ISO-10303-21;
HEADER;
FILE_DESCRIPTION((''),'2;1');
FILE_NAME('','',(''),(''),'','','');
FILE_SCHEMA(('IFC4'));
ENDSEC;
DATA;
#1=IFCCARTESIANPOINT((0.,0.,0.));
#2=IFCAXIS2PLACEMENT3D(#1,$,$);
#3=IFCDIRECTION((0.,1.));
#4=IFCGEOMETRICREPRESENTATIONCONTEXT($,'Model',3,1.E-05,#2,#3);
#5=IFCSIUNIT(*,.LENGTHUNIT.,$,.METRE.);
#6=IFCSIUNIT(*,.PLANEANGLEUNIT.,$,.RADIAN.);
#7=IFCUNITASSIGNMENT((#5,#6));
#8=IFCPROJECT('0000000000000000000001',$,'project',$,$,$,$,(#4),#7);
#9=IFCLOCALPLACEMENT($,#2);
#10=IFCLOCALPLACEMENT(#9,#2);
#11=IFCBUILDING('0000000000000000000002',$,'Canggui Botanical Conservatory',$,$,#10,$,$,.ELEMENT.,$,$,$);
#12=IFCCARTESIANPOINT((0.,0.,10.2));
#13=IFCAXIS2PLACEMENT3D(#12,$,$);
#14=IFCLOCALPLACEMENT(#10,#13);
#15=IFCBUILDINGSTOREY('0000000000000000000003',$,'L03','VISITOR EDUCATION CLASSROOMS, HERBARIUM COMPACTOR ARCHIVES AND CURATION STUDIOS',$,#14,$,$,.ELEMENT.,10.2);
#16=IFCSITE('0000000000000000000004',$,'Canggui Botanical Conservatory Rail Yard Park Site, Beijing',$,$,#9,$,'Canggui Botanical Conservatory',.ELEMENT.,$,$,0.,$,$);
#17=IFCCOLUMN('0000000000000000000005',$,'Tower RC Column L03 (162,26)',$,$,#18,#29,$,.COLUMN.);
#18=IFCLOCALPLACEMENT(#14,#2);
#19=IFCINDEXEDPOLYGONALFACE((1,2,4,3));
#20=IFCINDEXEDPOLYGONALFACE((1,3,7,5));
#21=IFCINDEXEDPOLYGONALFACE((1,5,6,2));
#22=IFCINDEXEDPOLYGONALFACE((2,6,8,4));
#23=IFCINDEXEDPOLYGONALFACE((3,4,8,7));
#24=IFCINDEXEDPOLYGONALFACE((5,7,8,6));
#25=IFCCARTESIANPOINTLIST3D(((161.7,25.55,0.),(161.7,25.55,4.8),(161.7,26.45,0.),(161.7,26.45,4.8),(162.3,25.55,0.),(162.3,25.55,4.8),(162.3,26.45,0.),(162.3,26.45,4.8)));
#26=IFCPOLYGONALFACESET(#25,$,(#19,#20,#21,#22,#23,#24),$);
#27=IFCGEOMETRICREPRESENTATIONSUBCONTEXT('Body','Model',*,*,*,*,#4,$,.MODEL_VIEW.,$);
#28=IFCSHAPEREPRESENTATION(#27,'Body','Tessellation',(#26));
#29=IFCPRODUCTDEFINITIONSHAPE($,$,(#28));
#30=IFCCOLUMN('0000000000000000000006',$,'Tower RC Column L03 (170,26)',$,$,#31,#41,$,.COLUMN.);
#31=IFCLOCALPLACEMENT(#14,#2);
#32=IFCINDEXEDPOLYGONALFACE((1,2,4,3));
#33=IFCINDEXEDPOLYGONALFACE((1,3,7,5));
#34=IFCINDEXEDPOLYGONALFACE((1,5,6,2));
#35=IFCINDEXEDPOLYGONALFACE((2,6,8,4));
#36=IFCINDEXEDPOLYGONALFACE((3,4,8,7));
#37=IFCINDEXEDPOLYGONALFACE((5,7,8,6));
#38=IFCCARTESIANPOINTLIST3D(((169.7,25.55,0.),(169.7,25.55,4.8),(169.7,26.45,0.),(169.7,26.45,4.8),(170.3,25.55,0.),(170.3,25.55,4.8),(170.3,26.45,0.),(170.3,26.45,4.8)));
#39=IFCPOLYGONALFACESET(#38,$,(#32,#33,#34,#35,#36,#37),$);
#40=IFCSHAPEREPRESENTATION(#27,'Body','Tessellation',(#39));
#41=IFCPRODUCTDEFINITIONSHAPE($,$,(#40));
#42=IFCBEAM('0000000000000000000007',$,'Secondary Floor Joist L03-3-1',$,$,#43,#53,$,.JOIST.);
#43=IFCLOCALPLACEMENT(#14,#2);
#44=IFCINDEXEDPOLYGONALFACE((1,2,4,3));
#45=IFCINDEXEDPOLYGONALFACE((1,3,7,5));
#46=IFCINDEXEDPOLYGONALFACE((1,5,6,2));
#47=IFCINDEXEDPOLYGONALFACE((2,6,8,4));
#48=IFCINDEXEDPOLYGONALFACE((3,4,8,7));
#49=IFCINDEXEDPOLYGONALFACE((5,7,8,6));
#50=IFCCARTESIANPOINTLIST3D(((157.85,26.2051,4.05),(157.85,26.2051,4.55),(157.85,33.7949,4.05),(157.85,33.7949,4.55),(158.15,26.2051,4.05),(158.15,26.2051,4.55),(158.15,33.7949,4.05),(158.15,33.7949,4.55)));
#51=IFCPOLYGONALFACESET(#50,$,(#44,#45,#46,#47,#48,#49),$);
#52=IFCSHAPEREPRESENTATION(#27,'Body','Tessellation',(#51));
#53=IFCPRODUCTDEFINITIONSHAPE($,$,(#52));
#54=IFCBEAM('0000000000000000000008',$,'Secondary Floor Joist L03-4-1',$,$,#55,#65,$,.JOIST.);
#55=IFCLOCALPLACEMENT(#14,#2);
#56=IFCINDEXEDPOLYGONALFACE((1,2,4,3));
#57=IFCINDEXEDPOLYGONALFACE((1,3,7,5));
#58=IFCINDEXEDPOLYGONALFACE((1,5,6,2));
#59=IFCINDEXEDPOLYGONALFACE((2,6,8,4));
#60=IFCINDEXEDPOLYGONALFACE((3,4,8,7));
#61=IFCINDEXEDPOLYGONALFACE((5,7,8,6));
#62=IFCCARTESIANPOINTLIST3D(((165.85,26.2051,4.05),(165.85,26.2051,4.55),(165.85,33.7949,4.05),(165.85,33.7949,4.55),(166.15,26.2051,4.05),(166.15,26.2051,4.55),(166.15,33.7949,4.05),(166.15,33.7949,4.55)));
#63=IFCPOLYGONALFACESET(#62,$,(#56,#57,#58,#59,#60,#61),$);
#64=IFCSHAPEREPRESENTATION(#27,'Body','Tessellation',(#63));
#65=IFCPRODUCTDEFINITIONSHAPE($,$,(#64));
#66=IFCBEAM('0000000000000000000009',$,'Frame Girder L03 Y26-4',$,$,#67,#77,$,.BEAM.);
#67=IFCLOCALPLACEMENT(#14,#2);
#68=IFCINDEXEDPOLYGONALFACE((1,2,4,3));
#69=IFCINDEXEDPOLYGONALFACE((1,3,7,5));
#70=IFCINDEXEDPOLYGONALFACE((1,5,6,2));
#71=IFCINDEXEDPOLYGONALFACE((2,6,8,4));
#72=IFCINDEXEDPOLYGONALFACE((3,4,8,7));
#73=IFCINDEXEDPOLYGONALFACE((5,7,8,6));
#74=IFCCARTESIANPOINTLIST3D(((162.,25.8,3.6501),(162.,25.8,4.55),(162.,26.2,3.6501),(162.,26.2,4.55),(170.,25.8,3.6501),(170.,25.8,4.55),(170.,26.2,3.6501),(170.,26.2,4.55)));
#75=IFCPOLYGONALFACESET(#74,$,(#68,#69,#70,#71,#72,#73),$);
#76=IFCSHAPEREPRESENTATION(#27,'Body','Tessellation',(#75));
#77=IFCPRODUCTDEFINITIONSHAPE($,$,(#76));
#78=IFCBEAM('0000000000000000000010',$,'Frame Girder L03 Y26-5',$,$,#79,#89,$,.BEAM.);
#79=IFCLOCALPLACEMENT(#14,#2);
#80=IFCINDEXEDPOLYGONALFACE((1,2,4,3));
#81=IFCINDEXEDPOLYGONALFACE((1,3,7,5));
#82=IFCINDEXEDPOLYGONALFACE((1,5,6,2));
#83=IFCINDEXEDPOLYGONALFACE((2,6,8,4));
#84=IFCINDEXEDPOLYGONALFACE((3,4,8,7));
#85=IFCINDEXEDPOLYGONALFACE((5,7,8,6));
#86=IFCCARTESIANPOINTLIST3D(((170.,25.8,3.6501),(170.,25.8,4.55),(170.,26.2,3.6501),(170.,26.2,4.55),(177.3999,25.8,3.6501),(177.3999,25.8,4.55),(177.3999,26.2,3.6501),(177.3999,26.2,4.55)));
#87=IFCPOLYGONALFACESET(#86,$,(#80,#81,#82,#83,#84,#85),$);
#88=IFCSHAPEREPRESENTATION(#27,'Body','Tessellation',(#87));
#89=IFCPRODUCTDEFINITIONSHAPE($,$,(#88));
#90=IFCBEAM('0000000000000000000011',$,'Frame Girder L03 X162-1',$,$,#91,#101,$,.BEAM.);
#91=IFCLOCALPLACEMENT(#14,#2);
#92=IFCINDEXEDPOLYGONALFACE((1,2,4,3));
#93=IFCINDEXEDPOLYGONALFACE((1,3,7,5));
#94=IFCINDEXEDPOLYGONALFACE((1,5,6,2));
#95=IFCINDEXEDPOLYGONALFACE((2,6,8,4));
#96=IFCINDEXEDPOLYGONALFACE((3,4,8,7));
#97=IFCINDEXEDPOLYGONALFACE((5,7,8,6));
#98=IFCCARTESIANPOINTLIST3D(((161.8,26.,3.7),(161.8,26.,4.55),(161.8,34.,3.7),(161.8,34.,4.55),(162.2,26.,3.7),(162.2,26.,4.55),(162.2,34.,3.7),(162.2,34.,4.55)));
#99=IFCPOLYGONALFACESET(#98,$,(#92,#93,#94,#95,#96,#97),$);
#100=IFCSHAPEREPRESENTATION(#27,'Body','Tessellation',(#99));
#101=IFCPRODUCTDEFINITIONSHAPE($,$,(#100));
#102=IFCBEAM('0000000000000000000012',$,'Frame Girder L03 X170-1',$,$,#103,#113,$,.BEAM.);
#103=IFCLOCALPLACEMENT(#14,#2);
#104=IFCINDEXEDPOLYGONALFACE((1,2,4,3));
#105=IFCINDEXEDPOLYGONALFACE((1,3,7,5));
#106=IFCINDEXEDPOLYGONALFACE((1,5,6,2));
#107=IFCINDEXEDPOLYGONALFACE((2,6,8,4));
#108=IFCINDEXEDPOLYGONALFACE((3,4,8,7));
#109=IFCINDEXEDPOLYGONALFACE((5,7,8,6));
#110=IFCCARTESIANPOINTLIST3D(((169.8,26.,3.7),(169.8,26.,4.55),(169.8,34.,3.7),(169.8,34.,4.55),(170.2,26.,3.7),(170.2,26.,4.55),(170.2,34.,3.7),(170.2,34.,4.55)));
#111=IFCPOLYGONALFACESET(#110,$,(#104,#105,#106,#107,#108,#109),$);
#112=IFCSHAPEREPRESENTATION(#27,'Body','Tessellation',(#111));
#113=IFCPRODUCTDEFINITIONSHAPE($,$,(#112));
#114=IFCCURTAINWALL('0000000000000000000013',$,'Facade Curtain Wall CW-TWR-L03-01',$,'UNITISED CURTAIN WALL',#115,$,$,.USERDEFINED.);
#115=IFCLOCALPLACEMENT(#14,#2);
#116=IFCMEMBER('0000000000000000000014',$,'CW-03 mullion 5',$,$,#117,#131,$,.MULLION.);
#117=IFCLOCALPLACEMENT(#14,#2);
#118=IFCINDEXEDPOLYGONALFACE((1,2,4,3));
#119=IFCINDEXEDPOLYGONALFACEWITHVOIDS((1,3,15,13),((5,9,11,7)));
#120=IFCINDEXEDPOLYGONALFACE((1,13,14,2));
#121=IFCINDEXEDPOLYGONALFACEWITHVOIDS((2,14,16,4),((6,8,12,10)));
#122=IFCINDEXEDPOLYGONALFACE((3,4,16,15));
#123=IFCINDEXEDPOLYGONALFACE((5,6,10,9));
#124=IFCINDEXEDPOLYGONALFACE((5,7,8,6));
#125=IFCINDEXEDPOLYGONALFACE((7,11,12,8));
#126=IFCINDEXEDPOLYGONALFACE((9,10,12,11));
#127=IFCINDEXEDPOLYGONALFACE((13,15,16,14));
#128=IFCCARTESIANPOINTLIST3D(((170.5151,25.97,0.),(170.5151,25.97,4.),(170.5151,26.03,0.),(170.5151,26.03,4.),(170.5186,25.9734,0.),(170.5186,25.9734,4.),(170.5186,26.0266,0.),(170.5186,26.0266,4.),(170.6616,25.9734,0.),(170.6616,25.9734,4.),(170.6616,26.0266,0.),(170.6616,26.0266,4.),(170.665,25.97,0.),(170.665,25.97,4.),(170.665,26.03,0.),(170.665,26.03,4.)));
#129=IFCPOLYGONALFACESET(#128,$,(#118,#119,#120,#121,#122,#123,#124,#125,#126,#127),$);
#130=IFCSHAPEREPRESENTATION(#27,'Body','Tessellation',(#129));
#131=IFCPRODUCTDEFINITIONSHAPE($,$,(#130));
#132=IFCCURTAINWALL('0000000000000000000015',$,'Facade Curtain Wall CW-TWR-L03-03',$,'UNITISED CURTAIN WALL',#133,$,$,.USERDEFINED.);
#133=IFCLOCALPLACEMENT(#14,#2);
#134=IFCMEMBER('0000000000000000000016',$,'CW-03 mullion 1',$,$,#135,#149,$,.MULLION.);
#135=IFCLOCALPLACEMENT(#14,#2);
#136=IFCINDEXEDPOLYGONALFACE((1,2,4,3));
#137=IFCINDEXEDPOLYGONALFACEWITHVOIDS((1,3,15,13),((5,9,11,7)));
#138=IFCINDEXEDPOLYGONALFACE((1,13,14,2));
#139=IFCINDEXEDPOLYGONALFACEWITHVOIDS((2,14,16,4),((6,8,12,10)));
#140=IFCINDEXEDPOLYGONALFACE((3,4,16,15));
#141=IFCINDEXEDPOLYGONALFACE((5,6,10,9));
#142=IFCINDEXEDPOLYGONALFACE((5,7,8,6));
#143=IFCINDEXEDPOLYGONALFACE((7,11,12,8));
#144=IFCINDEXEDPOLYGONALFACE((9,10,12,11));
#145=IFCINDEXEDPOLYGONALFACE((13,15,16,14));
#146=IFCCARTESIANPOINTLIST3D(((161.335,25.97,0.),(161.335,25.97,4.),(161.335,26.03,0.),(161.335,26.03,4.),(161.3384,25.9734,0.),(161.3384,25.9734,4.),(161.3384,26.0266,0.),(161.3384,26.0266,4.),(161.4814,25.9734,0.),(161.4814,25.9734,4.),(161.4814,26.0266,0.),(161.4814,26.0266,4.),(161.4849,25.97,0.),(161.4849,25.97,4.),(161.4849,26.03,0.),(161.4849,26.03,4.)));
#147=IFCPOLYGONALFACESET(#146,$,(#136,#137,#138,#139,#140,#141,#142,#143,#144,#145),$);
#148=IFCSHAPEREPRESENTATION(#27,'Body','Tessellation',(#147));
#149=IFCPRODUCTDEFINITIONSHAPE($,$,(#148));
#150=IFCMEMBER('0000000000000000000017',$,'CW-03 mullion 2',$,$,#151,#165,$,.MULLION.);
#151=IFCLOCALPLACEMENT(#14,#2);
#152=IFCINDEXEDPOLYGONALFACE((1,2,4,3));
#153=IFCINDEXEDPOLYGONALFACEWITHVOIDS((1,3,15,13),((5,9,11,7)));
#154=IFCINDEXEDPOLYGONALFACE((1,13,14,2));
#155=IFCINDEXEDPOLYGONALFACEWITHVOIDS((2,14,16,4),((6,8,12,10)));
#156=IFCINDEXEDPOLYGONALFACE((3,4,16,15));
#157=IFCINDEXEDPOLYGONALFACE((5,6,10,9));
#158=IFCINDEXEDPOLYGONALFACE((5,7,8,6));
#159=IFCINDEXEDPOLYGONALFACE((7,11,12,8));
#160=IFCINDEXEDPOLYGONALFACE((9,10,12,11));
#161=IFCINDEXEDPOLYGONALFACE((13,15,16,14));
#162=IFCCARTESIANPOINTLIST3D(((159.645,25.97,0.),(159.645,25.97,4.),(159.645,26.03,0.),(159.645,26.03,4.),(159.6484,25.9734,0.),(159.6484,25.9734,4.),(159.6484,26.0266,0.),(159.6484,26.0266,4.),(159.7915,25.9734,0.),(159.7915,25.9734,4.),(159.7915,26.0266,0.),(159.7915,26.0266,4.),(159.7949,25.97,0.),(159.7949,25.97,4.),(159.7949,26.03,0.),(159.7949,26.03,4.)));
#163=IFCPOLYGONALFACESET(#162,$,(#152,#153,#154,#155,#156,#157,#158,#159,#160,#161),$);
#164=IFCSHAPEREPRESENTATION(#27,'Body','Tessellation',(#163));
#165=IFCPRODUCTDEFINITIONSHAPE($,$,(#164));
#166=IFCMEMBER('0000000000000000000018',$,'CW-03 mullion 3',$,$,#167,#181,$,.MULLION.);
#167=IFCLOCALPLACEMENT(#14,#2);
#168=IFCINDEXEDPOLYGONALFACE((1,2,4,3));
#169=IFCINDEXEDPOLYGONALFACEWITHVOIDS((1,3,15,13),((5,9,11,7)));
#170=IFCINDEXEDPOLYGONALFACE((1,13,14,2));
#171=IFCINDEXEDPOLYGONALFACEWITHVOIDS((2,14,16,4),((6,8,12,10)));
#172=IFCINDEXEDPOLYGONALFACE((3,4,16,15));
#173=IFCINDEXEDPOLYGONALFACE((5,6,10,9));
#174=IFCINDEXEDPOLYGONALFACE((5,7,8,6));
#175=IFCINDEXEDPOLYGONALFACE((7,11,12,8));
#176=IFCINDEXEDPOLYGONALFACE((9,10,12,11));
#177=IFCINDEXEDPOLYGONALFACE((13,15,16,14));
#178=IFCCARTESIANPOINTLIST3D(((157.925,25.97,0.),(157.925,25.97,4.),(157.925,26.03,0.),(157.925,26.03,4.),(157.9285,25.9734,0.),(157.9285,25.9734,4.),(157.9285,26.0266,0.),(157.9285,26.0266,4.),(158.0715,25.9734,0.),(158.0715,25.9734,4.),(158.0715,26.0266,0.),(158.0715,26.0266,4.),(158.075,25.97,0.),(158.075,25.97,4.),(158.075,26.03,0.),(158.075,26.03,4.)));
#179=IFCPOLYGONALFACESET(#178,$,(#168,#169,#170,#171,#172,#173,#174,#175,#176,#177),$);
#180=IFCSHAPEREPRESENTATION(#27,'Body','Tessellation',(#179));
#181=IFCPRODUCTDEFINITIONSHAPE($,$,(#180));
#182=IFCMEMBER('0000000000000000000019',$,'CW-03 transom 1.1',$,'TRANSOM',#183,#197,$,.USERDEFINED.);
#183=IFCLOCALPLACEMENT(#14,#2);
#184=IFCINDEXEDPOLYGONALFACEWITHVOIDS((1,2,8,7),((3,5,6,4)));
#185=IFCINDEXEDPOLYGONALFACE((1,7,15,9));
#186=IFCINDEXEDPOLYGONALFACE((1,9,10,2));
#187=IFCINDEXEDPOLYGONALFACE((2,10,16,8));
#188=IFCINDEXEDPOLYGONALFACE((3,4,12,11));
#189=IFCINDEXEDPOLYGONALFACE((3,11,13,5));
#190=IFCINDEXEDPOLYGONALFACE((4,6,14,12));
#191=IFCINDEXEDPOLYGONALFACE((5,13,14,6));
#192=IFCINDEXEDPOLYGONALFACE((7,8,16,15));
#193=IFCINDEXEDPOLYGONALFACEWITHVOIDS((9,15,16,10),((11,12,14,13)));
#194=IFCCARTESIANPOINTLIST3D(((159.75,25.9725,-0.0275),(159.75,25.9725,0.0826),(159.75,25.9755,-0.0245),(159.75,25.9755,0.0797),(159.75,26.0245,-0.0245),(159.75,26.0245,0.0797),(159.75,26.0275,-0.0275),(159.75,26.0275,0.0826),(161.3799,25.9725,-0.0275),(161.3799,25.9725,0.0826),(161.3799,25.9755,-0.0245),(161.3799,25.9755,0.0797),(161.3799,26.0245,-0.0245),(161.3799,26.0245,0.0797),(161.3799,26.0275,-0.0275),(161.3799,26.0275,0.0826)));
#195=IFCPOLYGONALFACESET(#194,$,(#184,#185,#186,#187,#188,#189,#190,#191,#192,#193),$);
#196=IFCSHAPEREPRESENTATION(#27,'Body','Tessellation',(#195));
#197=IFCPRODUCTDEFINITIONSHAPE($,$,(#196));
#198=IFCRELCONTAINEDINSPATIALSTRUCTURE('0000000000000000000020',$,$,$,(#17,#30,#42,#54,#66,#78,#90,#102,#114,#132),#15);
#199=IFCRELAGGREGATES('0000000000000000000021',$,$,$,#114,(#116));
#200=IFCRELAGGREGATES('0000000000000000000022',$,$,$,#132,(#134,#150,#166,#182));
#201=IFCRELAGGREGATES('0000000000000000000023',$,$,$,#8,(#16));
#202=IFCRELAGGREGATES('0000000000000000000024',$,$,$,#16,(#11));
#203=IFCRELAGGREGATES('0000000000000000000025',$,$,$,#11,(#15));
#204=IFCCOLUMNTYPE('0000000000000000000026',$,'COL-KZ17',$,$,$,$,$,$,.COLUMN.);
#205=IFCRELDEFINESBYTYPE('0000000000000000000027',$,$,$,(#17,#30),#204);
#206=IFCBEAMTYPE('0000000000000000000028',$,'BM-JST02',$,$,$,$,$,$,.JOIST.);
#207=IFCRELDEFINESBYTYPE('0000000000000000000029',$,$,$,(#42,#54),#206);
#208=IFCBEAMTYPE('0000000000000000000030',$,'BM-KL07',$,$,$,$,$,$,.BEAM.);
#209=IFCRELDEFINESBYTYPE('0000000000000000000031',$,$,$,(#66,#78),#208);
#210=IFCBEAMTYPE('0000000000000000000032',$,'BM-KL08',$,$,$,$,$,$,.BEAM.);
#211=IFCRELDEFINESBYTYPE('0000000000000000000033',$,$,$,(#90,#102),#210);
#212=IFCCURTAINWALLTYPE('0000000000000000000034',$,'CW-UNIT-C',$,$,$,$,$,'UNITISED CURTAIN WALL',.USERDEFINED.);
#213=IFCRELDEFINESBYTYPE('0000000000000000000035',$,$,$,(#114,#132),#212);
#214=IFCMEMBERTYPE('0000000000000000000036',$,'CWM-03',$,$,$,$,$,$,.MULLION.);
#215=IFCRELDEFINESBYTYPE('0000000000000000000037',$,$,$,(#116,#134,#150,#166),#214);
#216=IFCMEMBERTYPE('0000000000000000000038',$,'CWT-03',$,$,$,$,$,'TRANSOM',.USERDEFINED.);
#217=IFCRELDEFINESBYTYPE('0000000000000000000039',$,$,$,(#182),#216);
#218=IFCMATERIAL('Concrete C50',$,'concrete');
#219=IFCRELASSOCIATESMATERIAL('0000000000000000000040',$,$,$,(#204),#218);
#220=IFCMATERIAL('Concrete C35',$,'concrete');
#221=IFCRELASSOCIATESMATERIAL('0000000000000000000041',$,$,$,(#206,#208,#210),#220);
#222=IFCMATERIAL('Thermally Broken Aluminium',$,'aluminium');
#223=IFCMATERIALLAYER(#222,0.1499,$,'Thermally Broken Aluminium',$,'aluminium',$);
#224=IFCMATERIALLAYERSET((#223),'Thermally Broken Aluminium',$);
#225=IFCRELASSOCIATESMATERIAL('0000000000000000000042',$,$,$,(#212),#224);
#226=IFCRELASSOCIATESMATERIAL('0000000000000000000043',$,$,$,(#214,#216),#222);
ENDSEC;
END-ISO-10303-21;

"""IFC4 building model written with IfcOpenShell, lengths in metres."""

from ifc_helpers import new_model, si_unit, direction, frame, origin, origin_2d, place, context, subcontext, project, spatial, rectangle, hollow_rectangle, extrude, material, layer, layer_set, material_profile, profile_set, type_object, element, aggregate, save


model = new_model("IFC4")

# Units and contexts
model_context = context("Model", 3, precision=1e-05, world=origin(), true_north=direction((0.0, 1.0)))
body_context = subcontext(model_context, "Body", "Model", "MODEL_VIEW")
ifc_project = project(units=[si_unit("LENGTHUNIT", "METRE"), si_unit("PLANEANGLEUNIT", "RADIAN")], contexts=[model_context])

# Site, building, storey
site_placement = place(None, origin())
site = spatial("IfcSite", under=ifc_project, at=site_placement, Name="Canggui Botanical Conservatory Rail Yard Park Site, Beijing", LongName="Canggui Botanical Conservatory", CompositionType="ELEMENT", RefElevation=0.0)
building_placement = place(site_placement, origin())
building = spatial("IfcBuilding", under=site, at=building_placement, Name="Canggui Botanical Conservatory", CompositionType="ELEMENT")
storey_placement = place(building_placement, frame((0.0, 0.0, 10.2)))
storey = spatial("IfcBuildingStorey", under=building, at=storey_placement, Name="L03", Description="VISITOR EDUCATION CLASSROOMS, HERBARIUM COMPACTOR ARCHIVES AND CURATION STUDIOS", CompositionType="ELEMENT", Elevation=10.2)

# Columns
ifc_material_1 = material(Name="Concrete C50", Category="concrete")
ifc_material_profile_1 = material_profile(ifc_material_1, rectangle(XDim=0.6001, YDim=0.8999, at=origin_2d()), Name="RC 600x900")
ifc_profile_set_1 = profile_set([ifc_material_profile_1], Name="Concrete C50")
column_type = type_object("IfcColumnType", Name="COL-KZ17", PredefinedType="COLUMN", material=ifc_profile_set_1)
for number, where, z_axis, x_axis, name in (
    (1, (162.0, 26.0, 0.0), (0.0, 0.0, 1.0), (1.0, 0.0, 0.0), "Tower RC Column L03 (162,26)"),
    (2, (170.0, 26.0, 0.0), (0.0, 0.0, 1.0), (1.0, 0.0, 0.0), "Tower RC Column L03 (170,26)"),
):
    element("IfcColumn", number, at=place(storey_placement, frame(where, z_axis=z_axis, x_axis=x_axis)), inside=storey, type_object=column_type, Name=name, PredefinedType="COLUMN", context=body_context, shape_type="SweptSolid", body=[
        extrude(rectangle(XDim=0.6001, YDim=0.8999, at=origin_2d()), origin(), (0.0, 0.0, 1.0), 4.8),
    ])

# Beams
ifc_material_2 = material(Name="Concrete C35", Category="concrete")
ifc_material_profile_2 = material_profile(ifc_material_2, rectangle(XDim=0.3, YDim=0.5, at=origin_2d()), Name="RB 300x500")
ifc_profile_set_2 = profile_set([ifc_material_profile_2], Name="Concrete C35")
beam_type_1 = type_object("IfcBeamType", Name="BM-JST02", PredefinedType="JOIST", material=ifc_profile_set_2)
for number, where, z_axis, x_axis, name in (
    (3, (158.0, 26.2051, 4.3), (0.0, 1.0, 0.0), (-1.0, 0.0, 0.0), "Secondary Floor Joist L03-3-1"),
    (4, (166.0, 26.2051, 4.3), (0.0, 1.0, 0.0), (-1.0, 0.0, 0.0), "Secondary Floor Joist L03-4-1"),
):
    element("IfcBeam", number, at=place(storey_placement, frame(where, z_axis=z_axis, x_axis=x_axis)), inside=storey, type_object=beam_type_1, Name=name, PredefinedType="JOIST", context=body_context, shape_type="SweptSolid", body=[
        extrude(rectangle(XDim=0.3, YDim=0.5, at=origin_2d()), origin(), (0.0, 0.0, 1.0), 7.5898),
    ])
ifc_material_profile_3 = material_profile(ifc_material_2, rectangle(XDim=0.3999, YDim=0.8999, at=origin_2d()), Name="RB 400x900")
ifc_profile_set_3 = profile_set([ifc_material_profile_3], Name="Concrete C35")
beam_type_2 = type_object("IfcBeamType", Name="BM-KL07", PredefinedType="BEAM", material=ifc_profile_set_3)
beam_1_placement = place(storey_placement, frame((162.0, 26.0, 4.1001), z_axis=(1.0, 0.0, 0.0), x_axis=(0.0, 1.0, 0.0)))
element("IfcBeam", 5, at=beam_1_placement, inside=storey, type_object=beam_type_2, Name="Frame Girder L03 Y26-4", PredefinedType="BEAM", context=body_context, shape_type="SweptSolid", body=[
    extrude(rectangle(XDim=0.3999, YDim=0.8999, at=origin_2d()), origin(), (0.0, 0.0, 1.0), 8.0),
])
beam_2_placement = place(storey_placement, frame((170.0, 26.0, 4.1001), z_axis=(1.0, 0.0, 0.0), x_axis=(0.0, 1.0, 0.0)))
element("IfcBeam", 6, at=beam_2_placement, inside=storey, type_object=beam_type_2, Name="Frame Girder L03 Y26-5", PredefinedType="BEAM", context=body_context, shape_type="SweptSolid", body=[
    extrude(rectangle(XDim=0.3999, YDim=0.8999, at=origin_2d()), origin(), (0.0, 0.0, 1.0), 7.3999),
])
ifc_material_profile_4 = material_profile(ifc_material_2, rectangle(XDim=0.3999, YDim=0.8501, at=origin_2d()), Name="RB 400x850")
ifc_profile_set_4 = profile_set([ifc_material_profile_4], Name="Concrete C35")
beam_type_3 = type_object("IfcBeamType", Name="BM-KL08", PredefinedType="BEAM", material=ifc_profile_set_4)
for number, where, z_axis, x_axis, name in (
    (7, (162.0, 26.0, 4.125), (0.0, 1.0, 0.0), (-1.0, 0.0, 0.0), "Frame Girder L03 X162-1"),
    (8, (170.0, 26.0, 4.125), (0.0, 1.0, 0.0), (-1.0, 0.0, 0.0), "Frame Girder L03 X170-1"),
):
    element("IfcBeam", number, at=place(storey_placement, frame(where, z_axis=z_axis, x_axis=x_axis)), inside=storey, type_object=beam_type_3, Name=name, PredefinedType="BEAM", context=body_context, shape_type="SweptSolid", body=[
        extrude(rectangle(XDim=0.3999, YDim=0.8501, at=origin_2d()), origin(), (0.0, 0.0, 1.0), 8.0),
    ])

# Curtain wall, member
ifc_material_3 = material(Name="Thermally Broken Aluminium", Category="aluminium")
ifc_layer_1 = layer(ifc_material_3, 0.1499, Name="Thermally Broken Aluminium", Category="aluminium")
ifc_layer_set_1 = layer_set([ifc_layer_1], Name="Thermally Broken Aluminium")
curtain_wall_type = type_object("IfcCurtainWallType", Name="CW-UNIT-C", ElementType="UNITISED CURTAIN WALL", PredefinedType="USERDEFINED", material=ifc_layer_set_1)
curtain_wall_1_placement = place(storey_placement, origin())
curtain_wall_1 = element("IfcCurtainWall", 9, at=curtain_wall_1_placement, inside=storey, type_object=curtain_wall_type, Name="Facade Curtain Wall CW-TWR-L03-01", ObjectType="UNITISED CURTAIN WALL", PredefinedType="USERDEFINED")
ifc_material_profile_5 = material_profile(ifc_material_3, hollow_rectangle(XDim=0.0601, YDim=0.1499, WallThickness=0.0034, at=origin_2d()), Name="CWM 60x150x3.5")
ifc_profile_set_5 = profile_set([ifc_material_profile_5], Name="Thermally Broken Aluminium")
member_type_1 = type_object("IfcMemberType", Name="CWM-03", PredefinedType="MULLION", material=ifc_profile_set_5)
member_1_placement = place(storey_placement, frame((170.5901, 26.0, 0.0), z_axis=(0.0, 0.0, 1.0), x_axis=(0.0, -1.0, 0.0)))
member_1 = element("IfcMember", 10, at=member_1_placement, type_object=member_type_1, Name="CW-03 mullion 5", PredefinedType="MULLION", context=body_context, shape_type="SweptSolid", body=[
    extrude(hollow_rectangle(XDim=0.0601, YDim=0.1499, WallThickness=0.0034, at=origin_2d()), origin(), (0.0, 0.0, 1.0), 4.0),
])

# Curtain wall, members
curtain_wall_2_placement = place(storey_placement, origin())
curtain_wall_2 = element("IfcCurtainWall", 11, at=curtain_wall_2_placement, inside=storey, type_object=curtain_wall_type, Name="Facade Curtain Wall CW-TWR-L03-03", ObjectType="UNITISED CURTAIN WALL", PredefinedType="USERDEFINED")
member_2_placement = place(storey_placement, frame((161.4099, 26.0, 0.0), z_axis=(0.0, 0.0, 1.0), x_axis=(0.0, -1.0, 0.0)))
member_2 = element("IfcMember", 12, at=member_2_placement, type_object=member_type_1, Name="CW-03 mullion 1", PredefinedType="MULLION", context=body_context, shape_type="SweptSolid", body=[
    extrude(hollow_rectangle(XDim=0.0601, YDim=0.1499, WallThickness=0.0034, at=origin_2d()), origin(), (0.0, 0.0, 1.0), 4.0),
])
member_3_placement = place(storey_placement, frame((159.72, 26.0, 0.0), z_axis=(0.0, 0.0, 1.0), x_axis=(0.0, -1.0, 0.0)))
member_3 = element("IfcMember", 13, at=member_3_placement, type_object=member_type_1, Name="CW-03 mullion 2", PredefinedType="MULLION", context=body_context, shape_type="SweptSolid", body=[
    extrude(hollow_rectangle(XDim=0.0601, YDim=0.1499, WallThickness=0.0034, at=origin_2d()), origin(), (0.0, 0.0, 1.0), 4.0),
])
member_4_placement = place(storey_placement, frame((158.0, 26.0, 0.0), z_axis=(0.0, 0.0, 1.0), x_axis=(0.0, -1.0, 0.0)))
member_4 = element("IfcMember", 14, at=member_4_placement, type_object=member_type_1, Name="CW-03 mullion 3", PredefinedType="MULLION", context=body_context, shape_type="SweptSolid", body=[
    extrude(hollow_rectangle(XDim=0.0601, YDim=0.1499, WallThickness=0.0034, at=origin_2d()), origin(), (0.0, 0.0, 1.0), 4.0),
])
ifc_material_profile_6 = material_profile(ifc_material_3, hollow_rectangle(XDim=0.0549, YDim=0.1101, WallThickness=0.0029, at=origin_2d()), Name="CWT 55x110x3")
ifc_profile_set_6 = profile_set([ifc_material_profile_6], Name="Thermally Broken Aluminium")
member_type_2 = type_object("IfcMemberType", Name="CWT-03", ElementType="TRANSOM", PredefinedType="USERDEFINED", material=ifc_profile_set_6)
member_5_placement = place(storey_placement, frame((161.3799, 26.0, 0.0276), z_axis=(-1.0, 0.0, 0.0), x_axis=(0.0, -1.0, 0.0)))
member_5 = element("IfcMember", 15, at=member_5_placement, type_object=member_type_2, Name="CW-03 transom 1.1", ObjectType="TRANSOM", PredefinedType="USERDEFINED", context=body_context, shape_type="SweptSolid", body=[
    extrude(hollow_rectangle(XDim=0.0549, YDim=0.1101, WallThickness=0.0029, at=origin_2d()), origin(), (0.0, 0.0, 1.0), 1.6299),
])

aggregate(curtain_wall_1, [member_1])
aggregate(curtain_wall_2, [member_2, member_3, member_4, member_5])

save(model, "model.ifc")
